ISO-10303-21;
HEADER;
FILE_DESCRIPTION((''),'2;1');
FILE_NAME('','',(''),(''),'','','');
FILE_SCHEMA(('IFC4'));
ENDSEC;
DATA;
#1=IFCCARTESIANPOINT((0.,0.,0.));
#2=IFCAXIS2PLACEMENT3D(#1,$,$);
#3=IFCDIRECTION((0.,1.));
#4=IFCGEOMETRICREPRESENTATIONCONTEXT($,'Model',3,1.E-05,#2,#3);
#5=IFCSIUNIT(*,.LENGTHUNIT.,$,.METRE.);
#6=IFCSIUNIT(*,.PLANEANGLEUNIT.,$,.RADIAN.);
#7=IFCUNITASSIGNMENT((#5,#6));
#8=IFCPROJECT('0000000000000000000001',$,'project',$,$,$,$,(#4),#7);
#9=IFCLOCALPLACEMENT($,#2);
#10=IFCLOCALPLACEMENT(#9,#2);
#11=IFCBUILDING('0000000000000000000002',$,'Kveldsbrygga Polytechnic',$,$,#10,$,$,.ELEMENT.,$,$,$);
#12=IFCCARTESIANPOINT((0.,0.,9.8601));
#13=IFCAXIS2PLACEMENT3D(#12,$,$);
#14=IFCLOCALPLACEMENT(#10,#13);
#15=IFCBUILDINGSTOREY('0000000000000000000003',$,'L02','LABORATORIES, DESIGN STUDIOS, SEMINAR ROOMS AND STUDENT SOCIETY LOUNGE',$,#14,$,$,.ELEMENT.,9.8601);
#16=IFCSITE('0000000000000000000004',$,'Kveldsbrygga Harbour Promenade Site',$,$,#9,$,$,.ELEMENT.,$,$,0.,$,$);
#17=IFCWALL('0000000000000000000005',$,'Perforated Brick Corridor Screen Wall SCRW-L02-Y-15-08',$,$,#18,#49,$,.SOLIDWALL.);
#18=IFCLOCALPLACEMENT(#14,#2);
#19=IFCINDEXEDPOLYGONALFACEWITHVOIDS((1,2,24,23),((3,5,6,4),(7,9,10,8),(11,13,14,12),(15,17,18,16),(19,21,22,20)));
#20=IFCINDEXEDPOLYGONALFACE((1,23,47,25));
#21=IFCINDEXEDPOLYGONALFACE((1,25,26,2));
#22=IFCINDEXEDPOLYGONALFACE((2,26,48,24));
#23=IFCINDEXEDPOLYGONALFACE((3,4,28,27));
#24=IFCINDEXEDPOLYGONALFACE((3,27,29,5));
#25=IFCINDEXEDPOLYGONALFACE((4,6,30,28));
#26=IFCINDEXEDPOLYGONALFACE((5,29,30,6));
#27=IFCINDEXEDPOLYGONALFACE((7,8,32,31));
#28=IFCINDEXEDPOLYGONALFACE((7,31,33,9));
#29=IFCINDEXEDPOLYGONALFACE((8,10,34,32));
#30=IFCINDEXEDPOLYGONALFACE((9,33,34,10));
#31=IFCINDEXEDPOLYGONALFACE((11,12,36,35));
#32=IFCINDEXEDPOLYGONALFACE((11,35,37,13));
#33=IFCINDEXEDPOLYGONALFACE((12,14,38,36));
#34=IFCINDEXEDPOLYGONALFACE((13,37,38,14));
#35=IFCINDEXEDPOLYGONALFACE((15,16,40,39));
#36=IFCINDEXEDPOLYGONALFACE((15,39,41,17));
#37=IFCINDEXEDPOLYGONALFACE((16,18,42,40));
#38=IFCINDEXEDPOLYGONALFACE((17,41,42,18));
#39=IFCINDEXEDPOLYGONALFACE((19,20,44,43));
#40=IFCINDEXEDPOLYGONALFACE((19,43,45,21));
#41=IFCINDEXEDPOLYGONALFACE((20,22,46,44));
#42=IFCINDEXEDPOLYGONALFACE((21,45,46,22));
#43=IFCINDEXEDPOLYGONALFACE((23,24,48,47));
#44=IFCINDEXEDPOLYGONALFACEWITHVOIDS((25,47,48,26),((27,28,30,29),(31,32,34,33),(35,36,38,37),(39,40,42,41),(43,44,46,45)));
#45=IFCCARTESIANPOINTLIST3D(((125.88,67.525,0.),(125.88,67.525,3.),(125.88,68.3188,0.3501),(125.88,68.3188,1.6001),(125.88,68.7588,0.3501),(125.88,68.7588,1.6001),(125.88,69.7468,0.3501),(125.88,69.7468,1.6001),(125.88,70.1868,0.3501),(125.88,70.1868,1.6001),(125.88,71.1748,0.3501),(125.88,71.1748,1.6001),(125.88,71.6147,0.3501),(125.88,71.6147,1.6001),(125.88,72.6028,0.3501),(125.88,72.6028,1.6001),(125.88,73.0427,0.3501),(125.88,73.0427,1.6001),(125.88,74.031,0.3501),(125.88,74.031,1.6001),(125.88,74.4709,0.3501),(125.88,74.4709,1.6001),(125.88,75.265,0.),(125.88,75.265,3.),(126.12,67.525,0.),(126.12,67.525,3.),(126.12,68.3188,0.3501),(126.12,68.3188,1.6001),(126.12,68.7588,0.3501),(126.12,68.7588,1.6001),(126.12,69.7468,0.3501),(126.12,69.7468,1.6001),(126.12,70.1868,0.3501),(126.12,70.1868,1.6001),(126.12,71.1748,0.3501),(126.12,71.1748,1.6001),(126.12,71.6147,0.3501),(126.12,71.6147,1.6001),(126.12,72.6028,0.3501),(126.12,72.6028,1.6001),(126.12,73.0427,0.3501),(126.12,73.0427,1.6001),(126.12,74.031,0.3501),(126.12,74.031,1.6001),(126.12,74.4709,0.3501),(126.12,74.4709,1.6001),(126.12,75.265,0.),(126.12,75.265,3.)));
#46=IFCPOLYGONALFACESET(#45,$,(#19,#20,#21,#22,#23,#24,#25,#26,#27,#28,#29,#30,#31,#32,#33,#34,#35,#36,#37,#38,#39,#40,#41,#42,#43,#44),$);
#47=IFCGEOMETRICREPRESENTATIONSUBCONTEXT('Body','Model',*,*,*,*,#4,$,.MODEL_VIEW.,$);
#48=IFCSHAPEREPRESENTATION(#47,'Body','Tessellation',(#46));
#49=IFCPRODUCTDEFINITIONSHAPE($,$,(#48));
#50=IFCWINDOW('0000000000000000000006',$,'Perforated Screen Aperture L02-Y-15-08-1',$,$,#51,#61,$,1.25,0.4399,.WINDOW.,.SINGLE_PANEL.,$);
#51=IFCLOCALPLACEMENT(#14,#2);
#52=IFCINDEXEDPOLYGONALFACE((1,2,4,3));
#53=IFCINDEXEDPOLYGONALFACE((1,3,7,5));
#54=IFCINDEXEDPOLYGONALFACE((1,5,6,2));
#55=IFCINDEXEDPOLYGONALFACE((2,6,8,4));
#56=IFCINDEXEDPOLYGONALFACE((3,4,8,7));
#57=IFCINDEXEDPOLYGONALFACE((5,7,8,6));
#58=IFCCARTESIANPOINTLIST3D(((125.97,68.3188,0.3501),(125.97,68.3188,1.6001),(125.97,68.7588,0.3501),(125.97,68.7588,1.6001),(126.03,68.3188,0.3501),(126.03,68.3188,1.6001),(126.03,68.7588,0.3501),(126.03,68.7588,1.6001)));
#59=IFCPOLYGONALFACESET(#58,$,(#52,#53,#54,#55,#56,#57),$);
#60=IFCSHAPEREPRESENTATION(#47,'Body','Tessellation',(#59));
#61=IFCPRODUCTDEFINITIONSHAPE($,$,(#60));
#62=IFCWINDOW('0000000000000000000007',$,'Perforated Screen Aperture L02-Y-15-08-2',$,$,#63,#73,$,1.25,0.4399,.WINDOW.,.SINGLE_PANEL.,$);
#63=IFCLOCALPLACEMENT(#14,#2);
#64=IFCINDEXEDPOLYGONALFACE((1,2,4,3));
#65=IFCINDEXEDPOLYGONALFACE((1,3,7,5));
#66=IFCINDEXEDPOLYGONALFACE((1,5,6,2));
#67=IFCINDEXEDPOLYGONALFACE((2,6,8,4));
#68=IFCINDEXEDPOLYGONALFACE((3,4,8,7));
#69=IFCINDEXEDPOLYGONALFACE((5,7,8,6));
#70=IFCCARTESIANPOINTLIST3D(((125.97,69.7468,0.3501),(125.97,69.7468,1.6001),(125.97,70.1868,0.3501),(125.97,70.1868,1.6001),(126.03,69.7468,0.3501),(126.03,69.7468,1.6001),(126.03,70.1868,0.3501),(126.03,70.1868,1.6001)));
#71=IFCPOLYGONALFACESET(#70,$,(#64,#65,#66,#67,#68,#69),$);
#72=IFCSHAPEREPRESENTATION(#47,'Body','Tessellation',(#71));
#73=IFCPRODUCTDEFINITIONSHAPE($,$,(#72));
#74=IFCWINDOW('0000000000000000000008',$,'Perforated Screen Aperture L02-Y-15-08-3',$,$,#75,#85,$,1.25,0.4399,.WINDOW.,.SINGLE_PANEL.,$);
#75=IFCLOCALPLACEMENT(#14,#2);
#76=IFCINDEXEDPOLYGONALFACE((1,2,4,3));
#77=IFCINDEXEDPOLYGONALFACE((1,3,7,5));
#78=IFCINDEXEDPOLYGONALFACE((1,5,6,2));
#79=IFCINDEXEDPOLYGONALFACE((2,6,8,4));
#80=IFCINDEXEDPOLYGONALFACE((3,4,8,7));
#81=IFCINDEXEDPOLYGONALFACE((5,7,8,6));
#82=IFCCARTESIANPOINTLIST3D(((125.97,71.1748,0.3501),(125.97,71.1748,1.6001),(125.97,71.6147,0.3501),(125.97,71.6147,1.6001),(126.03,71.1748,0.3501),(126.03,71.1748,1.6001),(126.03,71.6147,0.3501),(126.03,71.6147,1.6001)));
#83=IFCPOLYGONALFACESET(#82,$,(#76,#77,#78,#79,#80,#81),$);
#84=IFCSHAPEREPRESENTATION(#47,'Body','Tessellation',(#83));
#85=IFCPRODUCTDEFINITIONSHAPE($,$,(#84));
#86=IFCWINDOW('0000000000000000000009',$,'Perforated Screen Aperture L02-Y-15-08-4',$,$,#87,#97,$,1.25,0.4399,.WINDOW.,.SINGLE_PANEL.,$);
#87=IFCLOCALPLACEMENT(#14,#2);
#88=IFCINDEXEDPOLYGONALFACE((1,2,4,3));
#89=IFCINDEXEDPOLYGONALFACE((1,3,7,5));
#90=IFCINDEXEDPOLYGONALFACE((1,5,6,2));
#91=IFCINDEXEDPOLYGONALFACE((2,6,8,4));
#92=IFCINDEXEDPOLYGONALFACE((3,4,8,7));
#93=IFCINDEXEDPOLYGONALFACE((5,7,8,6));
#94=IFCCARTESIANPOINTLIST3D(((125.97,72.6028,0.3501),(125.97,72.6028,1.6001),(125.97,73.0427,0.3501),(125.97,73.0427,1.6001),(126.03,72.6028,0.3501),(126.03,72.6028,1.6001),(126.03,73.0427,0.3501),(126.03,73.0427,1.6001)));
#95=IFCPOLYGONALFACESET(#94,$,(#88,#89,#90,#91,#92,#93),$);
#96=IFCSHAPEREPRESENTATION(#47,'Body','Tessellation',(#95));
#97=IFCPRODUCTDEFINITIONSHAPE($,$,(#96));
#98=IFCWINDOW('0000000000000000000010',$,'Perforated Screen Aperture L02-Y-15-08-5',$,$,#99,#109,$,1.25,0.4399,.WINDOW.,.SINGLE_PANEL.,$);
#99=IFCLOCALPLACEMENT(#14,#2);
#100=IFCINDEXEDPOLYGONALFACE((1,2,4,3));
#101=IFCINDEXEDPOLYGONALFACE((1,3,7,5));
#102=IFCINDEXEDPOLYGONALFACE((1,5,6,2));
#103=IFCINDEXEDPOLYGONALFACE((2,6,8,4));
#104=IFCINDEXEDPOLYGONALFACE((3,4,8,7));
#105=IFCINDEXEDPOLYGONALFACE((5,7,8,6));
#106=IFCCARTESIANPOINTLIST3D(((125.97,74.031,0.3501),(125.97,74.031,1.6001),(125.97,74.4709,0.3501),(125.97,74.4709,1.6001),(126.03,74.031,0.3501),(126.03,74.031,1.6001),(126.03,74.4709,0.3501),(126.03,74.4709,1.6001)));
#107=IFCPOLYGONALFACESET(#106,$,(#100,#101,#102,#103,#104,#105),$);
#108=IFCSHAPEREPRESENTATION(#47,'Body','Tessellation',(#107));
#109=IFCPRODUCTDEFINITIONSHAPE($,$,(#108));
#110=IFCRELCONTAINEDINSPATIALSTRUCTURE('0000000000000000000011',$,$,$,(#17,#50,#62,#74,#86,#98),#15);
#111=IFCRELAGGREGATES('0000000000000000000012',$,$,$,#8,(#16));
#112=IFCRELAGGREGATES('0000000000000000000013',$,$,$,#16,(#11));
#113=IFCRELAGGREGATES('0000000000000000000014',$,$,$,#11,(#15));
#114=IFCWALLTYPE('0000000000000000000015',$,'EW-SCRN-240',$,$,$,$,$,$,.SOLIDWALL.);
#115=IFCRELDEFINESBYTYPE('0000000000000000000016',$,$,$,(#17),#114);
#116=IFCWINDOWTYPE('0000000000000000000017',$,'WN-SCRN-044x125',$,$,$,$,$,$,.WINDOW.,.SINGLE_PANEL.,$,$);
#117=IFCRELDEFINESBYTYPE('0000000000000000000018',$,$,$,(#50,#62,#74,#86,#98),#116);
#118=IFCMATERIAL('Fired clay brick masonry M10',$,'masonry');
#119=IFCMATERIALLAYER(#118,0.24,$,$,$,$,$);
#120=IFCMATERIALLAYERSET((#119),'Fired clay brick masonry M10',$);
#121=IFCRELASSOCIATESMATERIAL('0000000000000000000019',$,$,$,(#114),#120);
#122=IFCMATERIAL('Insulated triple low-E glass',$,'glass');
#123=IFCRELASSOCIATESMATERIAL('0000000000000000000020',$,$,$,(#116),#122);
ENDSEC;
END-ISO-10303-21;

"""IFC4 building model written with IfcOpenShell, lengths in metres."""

from ifc_helpers import new_model, si_unit, direction, frame, frame_2d, origin, place, context, subcontext, project, spatial, rectangle, extrude, material, layer, layer_set, type_object, element, fill, save


model = new_model("IFC4")

# Units and contexts
model_context = context("Model", 3, precision=1e-05, world=origin(), true_north=direction((0.0, 1.0)))
body_context = subcontext(model_context, "Body", "Model", "MODEL_VIEW")
ifc_project = project(units=[si_unit("LENGTHUNIT", "METRE"), si_unit("PLANEANGLEUNIT", "RADIAN")], contexts=[model_context])

# Site, building, storey
site_placement = place(None, origin())
site = spatial("IfcSite", under=ifc_project, at=site_placement, Name="Kveldsbrygga Harbour Promenade Site", CompositionType="ELEMENT", RefElevation=0.0)
building_placement = place(site_placement, origin())
building = spatial("IfcBuilding", under=site, at=building_placement, Name="Kveldsbrygga Polytechnic", CompositionType="ELEMENT")
storey_placement = place(building_placement, frame((0.0, 0.0, 9.8601)))
storey = spatial("IfcBuildingStorey", under=building, at=storey_placement, Name="L02", Description="LABORATORIES, DESIGN STUDIOS, SEMINAR ROOMS AND STUDENT SOCIETY LOUNGE", CompositionType="ELEMENT", Elevation=9.8601)

# Shared definitions
ifc_material_1 = material(Name="Fired clay brick masonry M10", Category="masonry")

# Wall, openings, windows
ifc_layer_1 = layer(ifc_material_1, 0.24)
ifc_layer_set_1 = layer_set([ifc_layer_1], Name="Fired clay brick masonry M10")
wall_type_1 = type_object("IfcWallType", Name="EW-SCRN-240", PredefinedType="SOLIDWALL", material=ifc_layer_set_1)
ifc_material_2 = material(Name="Insulated triple low-E glass", Category="glass")
window_type = type_object("IfcWindowType", Name="WN-SCRN-044x125", PartitioningType="SINGLE_PANEL", PredefinedType="WINDOW", material=ifc_material_2)
wall_1_placement = place(storey_placement, frame((126.0, 67.5249, 0.0), z_axis=(0.0, 0.0, 1.0), x_axis=(0.0, 1.0, 0.0)))
wall_1 = element("IfcWall", 1, at=wall_1_placement, inside=storey, type_object=wall_type_1, Name="Perforated Brick Corridor Screen Wall SCRW-L02-Y-15-08", PredefinedType="SOLIDWALL", context=body_context, shape_type="SweptSolid", body=[
    extrude(rectangle(XDim=7.74, YDim=0.24, at=frame_2d((3.8701, 0.0))), origin(), (0.0, 0.0, 1.0), 3.0),
])
opening_1_placement = place(wall_1_placement, frame((0.7939, 0.0, 0.3501)))
opening_1 = element("IfcOpeningElement", 2, at=opening_1_placement, cuts=wall_1, PredefinedType="OPENING", context=body_context, shape_type="SweptSolid", body=[
    extrude(rectangle(XDim=0.4399, YDim=1.25, at=frame_2d((0.22, 0.625))), frame((0.0, 0.1299, 0.0), z_axis=(0.0, -1.0, 0.0), x_axis=(1.0, 0.0, 0.0)), (0.0, 0.0, 1.0), 0.26),
])
opening_2_placement = place(wall_1_placement, frame((2.2219, 0.0, 0.3501)))
opening_2 = element("IfcOpeningElement", 3, at=opening_2_placement, cuts=wall_1, PredefinedType="OPENING", context=body_context, shape_type="SweptSolid", body=[
    extrude(rectangle(XDim=0.4399, YDim=1.25, at=frame_2d((0.22, 0.625))), frame((0.0, 0.1299, 0.0), z_axis=(0.0, -1.0, 0.0), x_axis=(1.0, 0.0, 0.0)), (0.0, 0.0, 1.0), 0.26),
])
opening_3_placement = place(wall_1_placement, frame((3.6499, 0.0, 0.3501)))
opening_3 = element("IfcOpeningElement", 4, at=opening_3_placement, cuts=wall_1, PredefinedType="OPENING", context=body_context, shape_type="SweptSolid", body=[
    extrude(rectangle(XDim=0.4399, YDim=1.25, at=frame_2d((0.22, 0.625))), frame((0.0, 0.1299, 0.0), z_axis=(0.0, -1.0, 0.0), x_axis=(1.0, 0.0, 0.0)), (0.0, 0.0, 1.0), 0.26),
])
opening_4_placement = place(wall_1_placement, frame((5.0779, 0.0, 0.3501)))
opening_4 = element("IfcOpeningElement", 5, at=opening_4_placement, cuts=wall_1, PredefinedType="OPENING", context=body_context, shape_type="SweptSolid", body=[
    extrude(rectangle(XDim=0.4399, YDim=1.25, at=frame_2d((0.22, 0.625))), frame((0.0, 0.1299, 0.0), z_axis=(0.0, -1.0, 0.0), x_axis=(1.0, 0.0, 0.0)), (0.0, 0.0, 1.0), 0.26),
])
opening_5_placement = place(wall_1_placement, frame((6.5061, 0.0, 0.3501)))
opening_5 = element("IfcOpeningElement", 6, at=opening_5_placement, cuts=wall_1, PredefinedType="OPENING", context=body_context, shape_type="SweptSolid", body=[
    extrude(rectangle(XDim=0.4399, YDim=1.25, at=frame_2d((0.22, 0.625))), frame((0.0, 0.1299, 0.0), z_axis=(0.0, -1.0, 0.0), x_axis=(1.0, 0.0, 0.0)), (0.0, 0.0, 1.0), 0.26),
])
window_1_placement = place(opening_1_placement, origin())
window_1 = element("IfcWindow", 7, at=window_1_placement, inside=storey, type_object=window_type, Name="Perforated Screen Aperture L02-Y-15-08-1", OverallHeight=1.25, OverallWidth=0.4399, PartitioningType="SINGLE_PANEL", PredefinedType="WINDOW", context=body_context, shape_type="SweptSolid", body=[
    extrude(rectangle(XDim=0.4399, YDim=1.25, at=frame_2d((0.22, 0.625))), frame((0.0, 0.03, 0.0), z_axis=(0.0, -1.0, 0.0), x_axis=(1.0, 0.0, 0.0)), (0.0, 0.0, 1.0), 0.0601),
])
fill(opening_1, window_1)
window_2_placement = place(opening_2_placement, origin())
window_2 = element("IfcWindow", 8, at=window_2_placement, inside=storey, type_object=window_type, Name="Perforated Screen Aperture L02-Y-15-08-2", OverallHeight=1.25, OverallWidth=0.4399, PartitioningType="SINGLE_PANEL", PredefinedType="WINDOW", context=body_context, shape_type="SweptSolid", body=[
    extrude(rectangle(XDim=0.4399, YDim=1.25, at=frame_2d((0.22, 0.625))), frame((0.0, 0.03, 0.0), z_axis=(0.0, -1.0, 0.0), x_axis=(1.0, 0.0, 0.0)), (0.0, 0.0, 1.0), 0.0601),
])
fill(opening_2, window_2)
window_3_placement = place(opening_3_placement, origin())
window_3 = element("IfcWindow", 9, at=window_3_placement, inside=storey, type_object=window_type, Name="Perforated Screen Aperture L02-Y-15-08-3", OverallHeight=1.25, OverallWidth=0.4399, PartitioningType="SINGLE_PANEL", PredefinedType="WINDOW", context=body_context, shape_type="SweptSolid", body=[
    extrude(rectangle(XDim=0.4399, YDim=1.25, at=frame_2d((0.22, 0.625))), frame((0.0, 0.03, 0.0), z_axis=(0.0, -1.0, 0.0), x_axis=(1.0, 0.0, 0.0)), (0.0, 0.0, 1.0), 0.0601),
])
fill(opening_3, window_3)
window_4_placement = place(opening_4_placement, origin())
window_4 = element("IfcWindow", 10, at=window_4_placement, inside=storey, type_object=window_type, Name="Perforated Screen Aperture L02-Y-15-08-4", OverallHeight=1.25, OverallWidth=0.4399, PartitioningType="SINGLE_PANEL", PredefinedType="WINDOW", context=body_context, shape_type="SweptSolid", body=[
    extrude(rectangle(XDim=0.4399, YDim=1.25, at=frame_2d((0.22, 0.625))), frame((0.0, 0.03, 0.0), z_axis=(0.0, -1.0, 0.0), x_axis=(1.0, 0.0, 0.0)), (0.0, 0.0, 1.0), 0.0601),
])
fill(opening_4, window_4)
window_5_placement = place(opening_5_placement, origin())
window_5 = element("IfcWindow", 11, at=window_5_placement, inside=storey, type_object=window_type, Name="Perforated Screen Aperture L02-Y-15-08-5", OverallHeight=1.25, OverallWidth=0.4399, PartitioningType="SINGLE_PANEL", PredefinedType="WINDOW", context=body_context, shape_type="SweptSolid", body=[
    extrude(rectangle(XDim=0.4399, YDim=1.25, at=frame_2d((0.22, 0.625))), frame((0.0, 0.03, 0.0), z_axis=(0.0, -1.0, 0.0), x_axis=(1.0, 0.0, 0.0)), (0.0, 0.0, 1.0), 0.0601),
])
fill(opening_5, window_5)

save(model, "model.ifc")
